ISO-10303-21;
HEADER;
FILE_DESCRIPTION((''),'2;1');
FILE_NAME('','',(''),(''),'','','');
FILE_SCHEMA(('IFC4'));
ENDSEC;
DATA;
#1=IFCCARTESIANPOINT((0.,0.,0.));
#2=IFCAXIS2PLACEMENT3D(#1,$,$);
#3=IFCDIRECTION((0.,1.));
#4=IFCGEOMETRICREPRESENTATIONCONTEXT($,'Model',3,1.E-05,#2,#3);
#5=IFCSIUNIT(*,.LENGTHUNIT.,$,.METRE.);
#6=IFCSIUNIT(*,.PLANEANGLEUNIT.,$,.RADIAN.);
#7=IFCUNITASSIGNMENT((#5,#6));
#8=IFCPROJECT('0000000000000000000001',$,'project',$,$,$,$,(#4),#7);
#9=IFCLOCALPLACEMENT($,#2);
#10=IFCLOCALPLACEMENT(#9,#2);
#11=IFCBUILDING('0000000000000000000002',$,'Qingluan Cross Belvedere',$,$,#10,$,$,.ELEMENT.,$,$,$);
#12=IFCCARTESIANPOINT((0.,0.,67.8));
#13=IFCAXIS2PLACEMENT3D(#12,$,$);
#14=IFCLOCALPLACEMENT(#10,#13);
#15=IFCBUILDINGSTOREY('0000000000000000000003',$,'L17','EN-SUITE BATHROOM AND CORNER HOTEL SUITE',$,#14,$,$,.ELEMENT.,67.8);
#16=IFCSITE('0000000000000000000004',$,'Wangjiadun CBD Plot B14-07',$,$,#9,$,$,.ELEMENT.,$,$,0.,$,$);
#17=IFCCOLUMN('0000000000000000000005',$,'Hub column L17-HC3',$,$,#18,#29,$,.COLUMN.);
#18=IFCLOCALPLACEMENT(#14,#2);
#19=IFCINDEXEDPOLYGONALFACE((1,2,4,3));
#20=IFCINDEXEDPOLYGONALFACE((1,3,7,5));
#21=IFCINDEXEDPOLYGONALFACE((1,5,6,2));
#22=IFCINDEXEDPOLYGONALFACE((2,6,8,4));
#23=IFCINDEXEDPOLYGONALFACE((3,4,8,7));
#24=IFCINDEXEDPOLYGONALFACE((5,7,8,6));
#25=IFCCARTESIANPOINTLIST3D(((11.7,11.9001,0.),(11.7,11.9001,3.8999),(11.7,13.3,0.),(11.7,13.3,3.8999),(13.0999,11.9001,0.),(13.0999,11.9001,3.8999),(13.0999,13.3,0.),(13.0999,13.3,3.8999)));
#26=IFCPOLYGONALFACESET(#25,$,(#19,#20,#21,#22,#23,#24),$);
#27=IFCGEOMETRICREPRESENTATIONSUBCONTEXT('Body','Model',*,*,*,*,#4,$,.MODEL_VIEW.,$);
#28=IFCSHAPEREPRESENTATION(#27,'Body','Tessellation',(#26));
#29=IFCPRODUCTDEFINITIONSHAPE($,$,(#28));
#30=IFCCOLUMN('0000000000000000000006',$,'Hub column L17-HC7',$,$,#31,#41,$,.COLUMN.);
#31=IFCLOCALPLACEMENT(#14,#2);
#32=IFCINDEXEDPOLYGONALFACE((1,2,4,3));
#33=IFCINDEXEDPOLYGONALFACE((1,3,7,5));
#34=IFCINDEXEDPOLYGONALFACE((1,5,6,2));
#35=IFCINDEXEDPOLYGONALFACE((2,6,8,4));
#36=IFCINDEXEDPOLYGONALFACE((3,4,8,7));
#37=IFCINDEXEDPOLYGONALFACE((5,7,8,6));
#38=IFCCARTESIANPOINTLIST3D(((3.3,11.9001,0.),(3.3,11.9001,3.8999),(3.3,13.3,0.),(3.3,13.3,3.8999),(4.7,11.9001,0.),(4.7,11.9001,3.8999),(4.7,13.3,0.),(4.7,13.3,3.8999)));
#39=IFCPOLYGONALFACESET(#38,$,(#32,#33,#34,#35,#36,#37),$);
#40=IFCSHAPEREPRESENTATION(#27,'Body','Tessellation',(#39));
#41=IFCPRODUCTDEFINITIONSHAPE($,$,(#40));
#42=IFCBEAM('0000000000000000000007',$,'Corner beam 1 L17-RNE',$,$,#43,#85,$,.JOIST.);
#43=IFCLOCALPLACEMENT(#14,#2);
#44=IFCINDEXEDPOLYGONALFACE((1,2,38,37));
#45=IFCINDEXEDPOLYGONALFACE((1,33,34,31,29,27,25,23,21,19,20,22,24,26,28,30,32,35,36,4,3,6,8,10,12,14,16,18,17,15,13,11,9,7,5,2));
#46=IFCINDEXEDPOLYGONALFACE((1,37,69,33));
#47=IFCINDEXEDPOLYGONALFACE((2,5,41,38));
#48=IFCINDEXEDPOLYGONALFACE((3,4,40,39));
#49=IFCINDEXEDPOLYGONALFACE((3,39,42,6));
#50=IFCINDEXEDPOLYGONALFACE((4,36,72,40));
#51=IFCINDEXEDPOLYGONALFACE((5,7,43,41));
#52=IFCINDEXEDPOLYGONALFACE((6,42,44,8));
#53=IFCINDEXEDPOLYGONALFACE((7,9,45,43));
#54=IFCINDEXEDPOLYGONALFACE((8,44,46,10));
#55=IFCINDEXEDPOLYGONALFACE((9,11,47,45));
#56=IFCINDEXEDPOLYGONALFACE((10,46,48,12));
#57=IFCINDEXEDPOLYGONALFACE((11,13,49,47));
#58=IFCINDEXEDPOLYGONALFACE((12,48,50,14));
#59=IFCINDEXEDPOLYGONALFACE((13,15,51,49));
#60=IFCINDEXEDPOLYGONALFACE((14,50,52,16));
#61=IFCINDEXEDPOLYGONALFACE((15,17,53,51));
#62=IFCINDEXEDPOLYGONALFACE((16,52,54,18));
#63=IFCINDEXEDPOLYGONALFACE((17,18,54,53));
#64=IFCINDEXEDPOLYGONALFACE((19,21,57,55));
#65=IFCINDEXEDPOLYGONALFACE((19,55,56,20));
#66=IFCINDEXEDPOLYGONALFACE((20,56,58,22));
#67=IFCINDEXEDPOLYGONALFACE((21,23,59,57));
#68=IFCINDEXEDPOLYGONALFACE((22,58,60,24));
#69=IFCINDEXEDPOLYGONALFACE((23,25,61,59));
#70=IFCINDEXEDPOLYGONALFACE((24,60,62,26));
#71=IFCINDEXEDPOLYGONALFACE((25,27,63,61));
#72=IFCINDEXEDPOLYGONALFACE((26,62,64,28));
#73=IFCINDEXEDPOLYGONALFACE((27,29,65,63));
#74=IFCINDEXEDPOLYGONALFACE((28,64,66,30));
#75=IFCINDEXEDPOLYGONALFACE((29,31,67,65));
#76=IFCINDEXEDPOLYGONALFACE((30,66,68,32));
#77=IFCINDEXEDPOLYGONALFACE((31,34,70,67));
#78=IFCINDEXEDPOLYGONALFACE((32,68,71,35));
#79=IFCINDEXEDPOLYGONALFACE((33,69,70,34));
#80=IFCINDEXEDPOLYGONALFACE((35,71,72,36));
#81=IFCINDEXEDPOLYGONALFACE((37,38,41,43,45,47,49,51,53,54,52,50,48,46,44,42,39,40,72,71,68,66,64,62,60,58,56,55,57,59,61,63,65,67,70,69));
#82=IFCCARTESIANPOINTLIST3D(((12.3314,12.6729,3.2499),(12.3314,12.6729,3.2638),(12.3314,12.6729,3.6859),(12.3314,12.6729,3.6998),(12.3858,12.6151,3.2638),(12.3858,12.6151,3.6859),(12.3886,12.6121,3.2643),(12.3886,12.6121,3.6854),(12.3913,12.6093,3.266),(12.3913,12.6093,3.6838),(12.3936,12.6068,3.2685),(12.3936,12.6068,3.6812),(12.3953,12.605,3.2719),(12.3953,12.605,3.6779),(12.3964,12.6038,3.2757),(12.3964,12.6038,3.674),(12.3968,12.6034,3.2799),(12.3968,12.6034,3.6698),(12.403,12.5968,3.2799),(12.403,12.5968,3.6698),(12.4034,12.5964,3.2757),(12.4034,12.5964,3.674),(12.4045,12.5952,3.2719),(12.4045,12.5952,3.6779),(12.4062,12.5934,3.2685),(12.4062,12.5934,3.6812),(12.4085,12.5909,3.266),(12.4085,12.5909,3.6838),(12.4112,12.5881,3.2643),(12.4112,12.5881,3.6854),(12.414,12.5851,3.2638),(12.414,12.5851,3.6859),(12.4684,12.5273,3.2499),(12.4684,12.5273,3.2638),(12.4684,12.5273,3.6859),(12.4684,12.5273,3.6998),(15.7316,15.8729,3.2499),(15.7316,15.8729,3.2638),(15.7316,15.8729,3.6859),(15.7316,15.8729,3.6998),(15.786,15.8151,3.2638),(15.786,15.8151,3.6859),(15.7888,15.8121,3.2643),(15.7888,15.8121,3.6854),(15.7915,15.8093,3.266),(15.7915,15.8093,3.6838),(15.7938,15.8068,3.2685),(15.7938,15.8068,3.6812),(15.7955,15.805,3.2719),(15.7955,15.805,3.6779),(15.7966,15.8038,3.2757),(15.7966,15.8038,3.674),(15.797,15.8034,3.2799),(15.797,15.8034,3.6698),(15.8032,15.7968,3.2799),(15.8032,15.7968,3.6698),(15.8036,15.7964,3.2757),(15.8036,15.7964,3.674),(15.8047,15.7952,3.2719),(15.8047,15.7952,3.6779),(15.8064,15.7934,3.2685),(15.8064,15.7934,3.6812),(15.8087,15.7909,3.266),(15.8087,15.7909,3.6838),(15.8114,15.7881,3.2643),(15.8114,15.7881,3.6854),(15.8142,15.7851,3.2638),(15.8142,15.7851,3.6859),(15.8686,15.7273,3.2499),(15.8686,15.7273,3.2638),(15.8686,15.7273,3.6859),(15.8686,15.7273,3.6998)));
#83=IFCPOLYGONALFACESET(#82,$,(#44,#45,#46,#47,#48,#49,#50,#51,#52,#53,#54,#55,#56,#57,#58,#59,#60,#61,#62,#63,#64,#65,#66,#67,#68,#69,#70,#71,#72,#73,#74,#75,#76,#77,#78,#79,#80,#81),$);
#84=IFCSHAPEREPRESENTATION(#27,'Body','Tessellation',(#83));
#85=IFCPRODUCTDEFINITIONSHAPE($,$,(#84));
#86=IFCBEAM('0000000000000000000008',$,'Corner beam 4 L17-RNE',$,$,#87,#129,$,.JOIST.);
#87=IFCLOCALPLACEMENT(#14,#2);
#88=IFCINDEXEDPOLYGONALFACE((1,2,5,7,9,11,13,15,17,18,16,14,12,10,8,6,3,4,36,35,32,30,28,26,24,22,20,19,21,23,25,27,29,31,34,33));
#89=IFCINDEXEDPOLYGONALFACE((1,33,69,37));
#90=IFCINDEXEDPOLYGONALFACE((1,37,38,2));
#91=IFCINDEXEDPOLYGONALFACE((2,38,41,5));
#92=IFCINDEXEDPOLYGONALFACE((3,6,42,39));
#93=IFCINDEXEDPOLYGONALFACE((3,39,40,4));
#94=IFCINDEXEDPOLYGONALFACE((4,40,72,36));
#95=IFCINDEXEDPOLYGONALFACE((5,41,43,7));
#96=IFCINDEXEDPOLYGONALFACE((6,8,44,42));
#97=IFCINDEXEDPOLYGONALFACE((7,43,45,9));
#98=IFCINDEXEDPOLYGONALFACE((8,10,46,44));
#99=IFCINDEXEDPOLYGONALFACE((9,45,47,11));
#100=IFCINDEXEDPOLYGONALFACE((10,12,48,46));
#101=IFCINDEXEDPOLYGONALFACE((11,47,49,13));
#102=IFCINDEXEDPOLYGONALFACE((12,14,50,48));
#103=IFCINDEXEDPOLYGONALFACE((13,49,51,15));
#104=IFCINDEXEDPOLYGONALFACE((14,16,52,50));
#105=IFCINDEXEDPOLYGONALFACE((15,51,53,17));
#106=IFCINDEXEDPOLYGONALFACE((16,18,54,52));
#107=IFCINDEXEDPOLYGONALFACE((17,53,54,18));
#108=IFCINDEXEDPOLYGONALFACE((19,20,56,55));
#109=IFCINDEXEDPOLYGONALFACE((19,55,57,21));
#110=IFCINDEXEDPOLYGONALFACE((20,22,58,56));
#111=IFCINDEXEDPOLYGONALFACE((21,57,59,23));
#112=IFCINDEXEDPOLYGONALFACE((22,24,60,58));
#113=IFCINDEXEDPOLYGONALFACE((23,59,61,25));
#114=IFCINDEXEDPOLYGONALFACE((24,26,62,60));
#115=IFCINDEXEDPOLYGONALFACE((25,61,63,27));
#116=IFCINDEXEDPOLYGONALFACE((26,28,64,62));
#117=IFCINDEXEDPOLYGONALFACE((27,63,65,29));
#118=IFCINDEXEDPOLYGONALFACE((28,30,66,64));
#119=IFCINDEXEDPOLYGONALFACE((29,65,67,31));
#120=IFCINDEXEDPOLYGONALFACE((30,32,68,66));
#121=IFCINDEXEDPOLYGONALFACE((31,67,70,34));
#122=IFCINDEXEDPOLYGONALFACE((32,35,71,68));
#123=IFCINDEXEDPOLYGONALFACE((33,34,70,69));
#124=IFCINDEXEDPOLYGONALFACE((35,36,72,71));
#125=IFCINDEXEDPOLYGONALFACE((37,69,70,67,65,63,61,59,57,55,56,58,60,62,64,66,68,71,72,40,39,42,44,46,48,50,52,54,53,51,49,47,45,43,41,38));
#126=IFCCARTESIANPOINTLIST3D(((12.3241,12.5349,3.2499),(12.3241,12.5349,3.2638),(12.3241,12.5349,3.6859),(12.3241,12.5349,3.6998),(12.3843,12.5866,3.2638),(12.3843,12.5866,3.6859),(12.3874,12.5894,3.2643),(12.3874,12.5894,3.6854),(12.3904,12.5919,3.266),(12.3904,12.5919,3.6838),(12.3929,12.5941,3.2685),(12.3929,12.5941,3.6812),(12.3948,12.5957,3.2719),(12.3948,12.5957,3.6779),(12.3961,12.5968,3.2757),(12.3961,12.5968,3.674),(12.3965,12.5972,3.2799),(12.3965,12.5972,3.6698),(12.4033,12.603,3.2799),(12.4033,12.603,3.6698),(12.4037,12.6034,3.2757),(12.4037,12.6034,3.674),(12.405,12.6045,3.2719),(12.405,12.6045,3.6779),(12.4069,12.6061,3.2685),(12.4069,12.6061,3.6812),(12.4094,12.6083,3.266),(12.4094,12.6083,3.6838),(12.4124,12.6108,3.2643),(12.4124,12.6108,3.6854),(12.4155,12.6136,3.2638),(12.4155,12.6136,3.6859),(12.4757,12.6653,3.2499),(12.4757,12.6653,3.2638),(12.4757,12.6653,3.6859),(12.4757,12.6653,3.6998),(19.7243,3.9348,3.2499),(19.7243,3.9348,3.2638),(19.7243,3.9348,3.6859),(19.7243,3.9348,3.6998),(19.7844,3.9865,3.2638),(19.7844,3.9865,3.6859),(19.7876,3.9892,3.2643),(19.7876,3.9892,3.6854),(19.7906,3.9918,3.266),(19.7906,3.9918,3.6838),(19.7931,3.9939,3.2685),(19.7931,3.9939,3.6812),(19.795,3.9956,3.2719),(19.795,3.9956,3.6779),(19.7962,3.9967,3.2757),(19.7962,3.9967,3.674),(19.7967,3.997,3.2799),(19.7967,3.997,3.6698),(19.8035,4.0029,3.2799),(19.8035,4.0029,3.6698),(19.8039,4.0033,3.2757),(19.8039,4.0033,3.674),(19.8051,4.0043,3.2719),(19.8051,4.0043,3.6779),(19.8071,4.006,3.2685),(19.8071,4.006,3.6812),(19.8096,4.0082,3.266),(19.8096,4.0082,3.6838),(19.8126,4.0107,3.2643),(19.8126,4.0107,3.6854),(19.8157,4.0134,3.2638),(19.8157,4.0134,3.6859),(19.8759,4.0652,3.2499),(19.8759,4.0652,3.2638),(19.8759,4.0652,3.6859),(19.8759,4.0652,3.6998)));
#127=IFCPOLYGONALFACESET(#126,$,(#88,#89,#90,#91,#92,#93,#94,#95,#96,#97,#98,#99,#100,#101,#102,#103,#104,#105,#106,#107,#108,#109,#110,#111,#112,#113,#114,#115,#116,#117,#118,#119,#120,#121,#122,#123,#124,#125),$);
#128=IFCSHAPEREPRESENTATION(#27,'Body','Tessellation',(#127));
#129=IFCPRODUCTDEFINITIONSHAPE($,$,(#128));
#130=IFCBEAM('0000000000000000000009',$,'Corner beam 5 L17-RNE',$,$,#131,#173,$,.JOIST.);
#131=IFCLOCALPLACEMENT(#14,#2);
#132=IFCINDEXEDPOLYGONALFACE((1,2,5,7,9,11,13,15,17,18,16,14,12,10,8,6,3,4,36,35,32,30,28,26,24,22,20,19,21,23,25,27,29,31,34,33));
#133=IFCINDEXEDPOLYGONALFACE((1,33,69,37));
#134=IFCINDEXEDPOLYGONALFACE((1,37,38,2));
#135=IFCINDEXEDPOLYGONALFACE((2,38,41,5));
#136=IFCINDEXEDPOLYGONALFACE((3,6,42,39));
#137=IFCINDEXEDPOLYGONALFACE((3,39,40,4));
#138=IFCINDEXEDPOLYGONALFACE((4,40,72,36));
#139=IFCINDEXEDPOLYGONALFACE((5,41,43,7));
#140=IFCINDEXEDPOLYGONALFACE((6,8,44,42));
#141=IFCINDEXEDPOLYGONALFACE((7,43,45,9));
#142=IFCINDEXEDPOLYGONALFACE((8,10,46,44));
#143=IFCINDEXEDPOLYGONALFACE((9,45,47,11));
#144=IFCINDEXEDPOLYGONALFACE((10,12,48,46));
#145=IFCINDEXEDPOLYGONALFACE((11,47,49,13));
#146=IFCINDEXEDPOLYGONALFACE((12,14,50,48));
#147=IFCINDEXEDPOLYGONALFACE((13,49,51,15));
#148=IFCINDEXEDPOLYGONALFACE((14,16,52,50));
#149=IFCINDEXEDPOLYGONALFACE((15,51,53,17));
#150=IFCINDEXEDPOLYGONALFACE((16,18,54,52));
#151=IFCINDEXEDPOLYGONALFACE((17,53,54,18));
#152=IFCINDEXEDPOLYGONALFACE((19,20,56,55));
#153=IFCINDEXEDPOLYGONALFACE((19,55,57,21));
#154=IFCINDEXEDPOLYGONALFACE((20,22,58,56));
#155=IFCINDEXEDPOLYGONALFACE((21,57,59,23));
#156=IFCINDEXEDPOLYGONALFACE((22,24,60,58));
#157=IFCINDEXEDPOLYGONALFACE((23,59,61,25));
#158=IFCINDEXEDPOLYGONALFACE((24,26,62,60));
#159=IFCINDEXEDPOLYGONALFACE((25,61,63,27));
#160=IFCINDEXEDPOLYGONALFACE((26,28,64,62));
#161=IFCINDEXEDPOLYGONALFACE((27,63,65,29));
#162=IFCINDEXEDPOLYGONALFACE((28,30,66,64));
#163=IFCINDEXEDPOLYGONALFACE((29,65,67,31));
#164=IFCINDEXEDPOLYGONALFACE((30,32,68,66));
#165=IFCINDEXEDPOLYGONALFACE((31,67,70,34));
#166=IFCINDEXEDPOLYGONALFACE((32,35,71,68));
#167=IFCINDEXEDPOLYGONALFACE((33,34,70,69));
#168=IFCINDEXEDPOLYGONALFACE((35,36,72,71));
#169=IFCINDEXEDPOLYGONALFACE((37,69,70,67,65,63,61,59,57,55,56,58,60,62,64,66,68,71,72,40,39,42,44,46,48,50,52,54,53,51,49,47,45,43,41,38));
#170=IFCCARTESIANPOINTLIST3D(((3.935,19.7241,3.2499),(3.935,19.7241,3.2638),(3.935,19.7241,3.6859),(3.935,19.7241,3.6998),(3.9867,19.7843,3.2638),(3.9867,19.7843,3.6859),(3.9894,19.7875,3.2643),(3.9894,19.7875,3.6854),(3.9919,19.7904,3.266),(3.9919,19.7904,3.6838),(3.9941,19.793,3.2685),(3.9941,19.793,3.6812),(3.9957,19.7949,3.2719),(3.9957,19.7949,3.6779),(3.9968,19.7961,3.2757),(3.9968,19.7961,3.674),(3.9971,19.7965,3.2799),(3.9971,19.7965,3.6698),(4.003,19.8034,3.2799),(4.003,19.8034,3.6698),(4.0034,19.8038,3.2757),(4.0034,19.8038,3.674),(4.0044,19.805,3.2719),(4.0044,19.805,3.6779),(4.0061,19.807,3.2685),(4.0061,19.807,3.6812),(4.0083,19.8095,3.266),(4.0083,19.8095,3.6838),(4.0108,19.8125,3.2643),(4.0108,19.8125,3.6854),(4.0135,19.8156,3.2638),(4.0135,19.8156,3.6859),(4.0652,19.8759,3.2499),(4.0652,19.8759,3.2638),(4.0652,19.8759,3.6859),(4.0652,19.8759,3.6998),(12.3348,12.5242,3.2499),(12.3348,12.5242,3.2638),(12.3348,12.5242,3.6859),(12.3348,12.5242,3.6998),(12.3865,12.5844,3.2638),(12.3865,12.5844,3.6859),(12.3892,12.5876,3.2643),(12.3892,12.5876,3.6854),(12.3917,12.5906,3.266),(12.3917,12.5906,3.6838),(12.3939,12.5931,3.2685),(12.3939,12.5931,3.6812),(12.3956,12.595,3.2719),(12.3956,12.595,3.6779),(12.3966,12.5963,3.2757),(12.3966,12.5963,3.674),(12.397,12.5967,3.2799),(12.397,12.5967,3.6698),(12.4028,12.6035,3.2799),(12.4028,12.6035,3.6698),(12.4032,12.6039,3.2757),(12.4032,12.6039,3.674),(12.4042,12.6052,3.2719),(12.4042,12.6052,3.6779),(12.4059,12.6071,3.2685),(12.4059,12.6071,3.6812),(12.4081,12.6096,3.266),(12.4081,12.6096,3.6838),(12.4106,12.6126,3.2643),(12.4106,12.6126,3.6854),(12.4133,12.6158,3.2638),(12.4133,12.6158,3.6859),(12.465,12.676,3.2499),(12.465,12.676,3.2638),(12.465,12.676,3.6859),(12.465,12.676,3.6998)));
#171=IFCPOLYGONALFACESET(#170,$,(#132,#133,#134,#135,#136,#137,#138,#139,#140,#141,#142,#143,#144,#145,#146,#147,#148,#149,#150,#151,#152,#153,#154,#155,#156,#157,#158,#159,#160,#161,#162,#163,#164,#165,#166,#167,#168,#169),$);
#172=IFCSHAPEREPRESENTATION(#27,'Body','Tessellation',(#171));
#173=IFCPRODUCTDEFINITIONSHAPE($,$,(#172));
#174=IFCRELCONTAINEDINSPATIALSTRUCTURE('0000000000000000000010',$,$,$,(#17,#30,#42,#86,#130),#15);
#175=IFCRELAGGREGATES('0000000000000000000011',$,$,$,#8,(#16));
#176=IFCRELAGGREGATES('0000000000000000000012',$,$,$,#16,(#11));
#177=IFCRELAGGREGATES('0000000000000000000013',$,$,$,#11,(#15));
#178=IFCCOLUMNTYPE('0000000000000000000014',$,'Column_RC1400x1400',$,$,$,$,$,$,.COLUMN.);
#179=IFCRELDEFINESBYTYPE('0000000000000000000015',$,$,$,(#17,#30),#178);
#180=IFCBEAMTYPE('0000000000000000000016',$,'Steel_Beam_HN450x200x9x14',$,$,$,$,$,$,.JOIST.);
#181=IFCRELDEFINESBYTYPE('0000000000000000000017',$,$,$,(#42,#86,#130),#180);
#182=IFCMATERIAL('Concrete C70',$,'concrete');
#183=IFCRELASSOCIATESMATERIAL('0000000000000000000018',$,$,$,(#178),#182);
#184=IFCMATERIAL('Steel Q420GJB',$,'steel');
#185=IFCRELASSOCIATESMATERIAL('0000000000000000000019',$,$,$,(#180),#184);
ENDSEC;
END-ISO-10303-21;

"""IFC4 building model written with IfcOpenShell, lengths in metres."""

from ifc_helpers import new_model, si_unit, direction, frame, origin, origin_2d, place, context, subcontext, project, spatial, rectangle, i_section, extrude, material, material_profile, profile_set, type_object, element, save


model = new_model("IFC4")

# Units and contexts
model_context = context("Model", 3, precision=1e-05, world=origin(), true_north=direction((0.0, 1.0)))
body_context = subcontext(model_context, "Body", "Model", "MODEL_VIEW")
ifc_project = project(units=[si_unit("LENGTHUNIT", "METRE"), si_unit("PLANEANGLEUNIT", "RADIAN")], contexts=[model_context])

# Site, building, storey
site_placement = place(None, origin())
site = spatial("IfcSite", under=ifc_project, at=site_placement, Name="Wangjiadun CBD Plot B14-07", CompositionType="ELEMENT", RefElevation=0.0)
building_placement = place(site_placement, origin())
building = spatial("IfcBuilding", under=site, at=building_placement, Name="Qingluan Cross Belvedere", CompositionType="ELEMENT")
storey_placement = place(building_placement, frame((0.0, 0.0, 67.8)))
storey = spatial("IfcBuildingStorey", under=building, at=storey_placement, Name="L17", Description="EN-SUITE BATHROOM AND CORNER HOTEL SUITE", CompositionType="ELEMENT", Elevation=67.8)

# Columns
ifc_material_1 = material(Name="Concrete C70", Category="concrete")
ifc_material_profile_1 = material_profile(ifc_material_1, rectangle(XDim=1.3999, YDim=1.3999, at=origin_2d()), Name="RC1400x1400")
ifc_profile_set_1 = profile_set([ifc_material_profile_1], Name="Concrete C70")
column_type = type_object("IfcColumnType", Name="Column_RC1400x1400", PredefinedType="COLUMN", material=ifc_profile_set_1)
for number, where, z_axis, x_axis, name in (
    (1, (12.3999, 12.6001, 0.0), (0.0, 0.0, 1.0), (1.0, 0.0, 0.0), "Hub column L17-HC3"),
    (2, (4.0, 12.6001, 0.0), (0.0, 0.0, 1.0), (1.0, 0.0, 0.0), "Hub column L17-HC7"),
):
    element("IfcColumn", number, at=place(storey_placement, frame(where, z_axis=z_axis, x_axis=x_axis)), inside=storey, type_object=column_type, Name=name, PredefinedType="COLUMN", context=body_context, shape_type="SweptSolid", body=[
        extrude(rectangle(XDim=1.3999, YDim=1.3999, at=origin_2d()), origin(), (0.0, 0.0, 1.0), 3.8999),
    ])

# Beams
ifc_material_2 = material(Name="Steel Q420GJB", Category="steel")
ifc_material_profile_2 = material_profile(ifc_material_2, i_section(OverallWidth=0.2, OverallDepth=0.45, WebThickness=0.009, FlangeThickness=0.0139, FilletRadius=0.0161, at=origin_2d()), Name="HN450x200x9x14")
ifc_profile_set_2 = profile_set([ifc_material_profile_2], Name="Steel Q420GJB")
beam_type_1 = type_object("IfcBeamType", Name="Steel_Beam_HN450x200x9x14", PredefinedType="JOIST", material=ifc_profile_set_2)
beam_1_placement = place(storey_placement, frame((12.3999, 12.6001, 3.4749), z_axis=(0.72822, 0.685343, 0.0), x_axis=(-0.685343, 0.72822, 0.0)))
element("IfcBeam", 3, at=beam_1_placement, inside=storey, type_object=beam_type_1, Name="Corner beam 1 L17-RNE", PredefinedType="JOIST", context=body_context, shape_type="SweptSolid", body=[
    extrude(i_section(OverallWidth=0.2, OverallDepth=0.45, WebThickness=0.009, FlangeThickness=0.0139, FilletRadius=0.0161, at=origin_2d()), origin(), (0.0, 0.0, 1.0), 4.6692),
])
beam_2_placement = place(storey_placement, frame((12.3999, 12.6001, 3.4749), z_axis=(0.652245, -0.758008, 0.0), x_axis=(0.758008, 0.652245, 0.0)))
element("IfcBeam", 4, at=beam_2_placement, inside=storey, type_object=beam_type_1, Name="Corner beam 4 L17-RNE", PredefinedType="JOIST", context=body_context, shape_type="SweptSolid", body=[
    extrude(i_section(OverallWidth=0.2, OverallDepth=0.45, WebThickness=0.009, FlangeThickness=0.0139, FilletRadius=0.0161, at=origin_2d()), origin(), (0.0, 0.0, 1.0), 11.3457),
])
beam_3_placement = place(storey_placement, frame((12.3999, 12.6001, 3.4749), z_axis=(-0.759255, 0.650793, 0.0), x_axis=(-0.650793, -0.759255, 0.0)))
element("IfcBeam", 5, at=beam_3_placement, inside=storey, type_object=beam_type_1, Name="Corner beam 5 L17-RNE", PredefinedType="JOIST", context=body_context, shape_type="SweptSolid", body=[
    extrude(i_section(OverallWidth=0.2, OverallDepth=0.45, WebThickness=0.009, FlangeThickness=0.0139, FilletRadius=0.0161, at=origin_2d()), origin(), (0.0, 0.0, 1.0), 11.0632),
])

save(model, "model.ifc")
